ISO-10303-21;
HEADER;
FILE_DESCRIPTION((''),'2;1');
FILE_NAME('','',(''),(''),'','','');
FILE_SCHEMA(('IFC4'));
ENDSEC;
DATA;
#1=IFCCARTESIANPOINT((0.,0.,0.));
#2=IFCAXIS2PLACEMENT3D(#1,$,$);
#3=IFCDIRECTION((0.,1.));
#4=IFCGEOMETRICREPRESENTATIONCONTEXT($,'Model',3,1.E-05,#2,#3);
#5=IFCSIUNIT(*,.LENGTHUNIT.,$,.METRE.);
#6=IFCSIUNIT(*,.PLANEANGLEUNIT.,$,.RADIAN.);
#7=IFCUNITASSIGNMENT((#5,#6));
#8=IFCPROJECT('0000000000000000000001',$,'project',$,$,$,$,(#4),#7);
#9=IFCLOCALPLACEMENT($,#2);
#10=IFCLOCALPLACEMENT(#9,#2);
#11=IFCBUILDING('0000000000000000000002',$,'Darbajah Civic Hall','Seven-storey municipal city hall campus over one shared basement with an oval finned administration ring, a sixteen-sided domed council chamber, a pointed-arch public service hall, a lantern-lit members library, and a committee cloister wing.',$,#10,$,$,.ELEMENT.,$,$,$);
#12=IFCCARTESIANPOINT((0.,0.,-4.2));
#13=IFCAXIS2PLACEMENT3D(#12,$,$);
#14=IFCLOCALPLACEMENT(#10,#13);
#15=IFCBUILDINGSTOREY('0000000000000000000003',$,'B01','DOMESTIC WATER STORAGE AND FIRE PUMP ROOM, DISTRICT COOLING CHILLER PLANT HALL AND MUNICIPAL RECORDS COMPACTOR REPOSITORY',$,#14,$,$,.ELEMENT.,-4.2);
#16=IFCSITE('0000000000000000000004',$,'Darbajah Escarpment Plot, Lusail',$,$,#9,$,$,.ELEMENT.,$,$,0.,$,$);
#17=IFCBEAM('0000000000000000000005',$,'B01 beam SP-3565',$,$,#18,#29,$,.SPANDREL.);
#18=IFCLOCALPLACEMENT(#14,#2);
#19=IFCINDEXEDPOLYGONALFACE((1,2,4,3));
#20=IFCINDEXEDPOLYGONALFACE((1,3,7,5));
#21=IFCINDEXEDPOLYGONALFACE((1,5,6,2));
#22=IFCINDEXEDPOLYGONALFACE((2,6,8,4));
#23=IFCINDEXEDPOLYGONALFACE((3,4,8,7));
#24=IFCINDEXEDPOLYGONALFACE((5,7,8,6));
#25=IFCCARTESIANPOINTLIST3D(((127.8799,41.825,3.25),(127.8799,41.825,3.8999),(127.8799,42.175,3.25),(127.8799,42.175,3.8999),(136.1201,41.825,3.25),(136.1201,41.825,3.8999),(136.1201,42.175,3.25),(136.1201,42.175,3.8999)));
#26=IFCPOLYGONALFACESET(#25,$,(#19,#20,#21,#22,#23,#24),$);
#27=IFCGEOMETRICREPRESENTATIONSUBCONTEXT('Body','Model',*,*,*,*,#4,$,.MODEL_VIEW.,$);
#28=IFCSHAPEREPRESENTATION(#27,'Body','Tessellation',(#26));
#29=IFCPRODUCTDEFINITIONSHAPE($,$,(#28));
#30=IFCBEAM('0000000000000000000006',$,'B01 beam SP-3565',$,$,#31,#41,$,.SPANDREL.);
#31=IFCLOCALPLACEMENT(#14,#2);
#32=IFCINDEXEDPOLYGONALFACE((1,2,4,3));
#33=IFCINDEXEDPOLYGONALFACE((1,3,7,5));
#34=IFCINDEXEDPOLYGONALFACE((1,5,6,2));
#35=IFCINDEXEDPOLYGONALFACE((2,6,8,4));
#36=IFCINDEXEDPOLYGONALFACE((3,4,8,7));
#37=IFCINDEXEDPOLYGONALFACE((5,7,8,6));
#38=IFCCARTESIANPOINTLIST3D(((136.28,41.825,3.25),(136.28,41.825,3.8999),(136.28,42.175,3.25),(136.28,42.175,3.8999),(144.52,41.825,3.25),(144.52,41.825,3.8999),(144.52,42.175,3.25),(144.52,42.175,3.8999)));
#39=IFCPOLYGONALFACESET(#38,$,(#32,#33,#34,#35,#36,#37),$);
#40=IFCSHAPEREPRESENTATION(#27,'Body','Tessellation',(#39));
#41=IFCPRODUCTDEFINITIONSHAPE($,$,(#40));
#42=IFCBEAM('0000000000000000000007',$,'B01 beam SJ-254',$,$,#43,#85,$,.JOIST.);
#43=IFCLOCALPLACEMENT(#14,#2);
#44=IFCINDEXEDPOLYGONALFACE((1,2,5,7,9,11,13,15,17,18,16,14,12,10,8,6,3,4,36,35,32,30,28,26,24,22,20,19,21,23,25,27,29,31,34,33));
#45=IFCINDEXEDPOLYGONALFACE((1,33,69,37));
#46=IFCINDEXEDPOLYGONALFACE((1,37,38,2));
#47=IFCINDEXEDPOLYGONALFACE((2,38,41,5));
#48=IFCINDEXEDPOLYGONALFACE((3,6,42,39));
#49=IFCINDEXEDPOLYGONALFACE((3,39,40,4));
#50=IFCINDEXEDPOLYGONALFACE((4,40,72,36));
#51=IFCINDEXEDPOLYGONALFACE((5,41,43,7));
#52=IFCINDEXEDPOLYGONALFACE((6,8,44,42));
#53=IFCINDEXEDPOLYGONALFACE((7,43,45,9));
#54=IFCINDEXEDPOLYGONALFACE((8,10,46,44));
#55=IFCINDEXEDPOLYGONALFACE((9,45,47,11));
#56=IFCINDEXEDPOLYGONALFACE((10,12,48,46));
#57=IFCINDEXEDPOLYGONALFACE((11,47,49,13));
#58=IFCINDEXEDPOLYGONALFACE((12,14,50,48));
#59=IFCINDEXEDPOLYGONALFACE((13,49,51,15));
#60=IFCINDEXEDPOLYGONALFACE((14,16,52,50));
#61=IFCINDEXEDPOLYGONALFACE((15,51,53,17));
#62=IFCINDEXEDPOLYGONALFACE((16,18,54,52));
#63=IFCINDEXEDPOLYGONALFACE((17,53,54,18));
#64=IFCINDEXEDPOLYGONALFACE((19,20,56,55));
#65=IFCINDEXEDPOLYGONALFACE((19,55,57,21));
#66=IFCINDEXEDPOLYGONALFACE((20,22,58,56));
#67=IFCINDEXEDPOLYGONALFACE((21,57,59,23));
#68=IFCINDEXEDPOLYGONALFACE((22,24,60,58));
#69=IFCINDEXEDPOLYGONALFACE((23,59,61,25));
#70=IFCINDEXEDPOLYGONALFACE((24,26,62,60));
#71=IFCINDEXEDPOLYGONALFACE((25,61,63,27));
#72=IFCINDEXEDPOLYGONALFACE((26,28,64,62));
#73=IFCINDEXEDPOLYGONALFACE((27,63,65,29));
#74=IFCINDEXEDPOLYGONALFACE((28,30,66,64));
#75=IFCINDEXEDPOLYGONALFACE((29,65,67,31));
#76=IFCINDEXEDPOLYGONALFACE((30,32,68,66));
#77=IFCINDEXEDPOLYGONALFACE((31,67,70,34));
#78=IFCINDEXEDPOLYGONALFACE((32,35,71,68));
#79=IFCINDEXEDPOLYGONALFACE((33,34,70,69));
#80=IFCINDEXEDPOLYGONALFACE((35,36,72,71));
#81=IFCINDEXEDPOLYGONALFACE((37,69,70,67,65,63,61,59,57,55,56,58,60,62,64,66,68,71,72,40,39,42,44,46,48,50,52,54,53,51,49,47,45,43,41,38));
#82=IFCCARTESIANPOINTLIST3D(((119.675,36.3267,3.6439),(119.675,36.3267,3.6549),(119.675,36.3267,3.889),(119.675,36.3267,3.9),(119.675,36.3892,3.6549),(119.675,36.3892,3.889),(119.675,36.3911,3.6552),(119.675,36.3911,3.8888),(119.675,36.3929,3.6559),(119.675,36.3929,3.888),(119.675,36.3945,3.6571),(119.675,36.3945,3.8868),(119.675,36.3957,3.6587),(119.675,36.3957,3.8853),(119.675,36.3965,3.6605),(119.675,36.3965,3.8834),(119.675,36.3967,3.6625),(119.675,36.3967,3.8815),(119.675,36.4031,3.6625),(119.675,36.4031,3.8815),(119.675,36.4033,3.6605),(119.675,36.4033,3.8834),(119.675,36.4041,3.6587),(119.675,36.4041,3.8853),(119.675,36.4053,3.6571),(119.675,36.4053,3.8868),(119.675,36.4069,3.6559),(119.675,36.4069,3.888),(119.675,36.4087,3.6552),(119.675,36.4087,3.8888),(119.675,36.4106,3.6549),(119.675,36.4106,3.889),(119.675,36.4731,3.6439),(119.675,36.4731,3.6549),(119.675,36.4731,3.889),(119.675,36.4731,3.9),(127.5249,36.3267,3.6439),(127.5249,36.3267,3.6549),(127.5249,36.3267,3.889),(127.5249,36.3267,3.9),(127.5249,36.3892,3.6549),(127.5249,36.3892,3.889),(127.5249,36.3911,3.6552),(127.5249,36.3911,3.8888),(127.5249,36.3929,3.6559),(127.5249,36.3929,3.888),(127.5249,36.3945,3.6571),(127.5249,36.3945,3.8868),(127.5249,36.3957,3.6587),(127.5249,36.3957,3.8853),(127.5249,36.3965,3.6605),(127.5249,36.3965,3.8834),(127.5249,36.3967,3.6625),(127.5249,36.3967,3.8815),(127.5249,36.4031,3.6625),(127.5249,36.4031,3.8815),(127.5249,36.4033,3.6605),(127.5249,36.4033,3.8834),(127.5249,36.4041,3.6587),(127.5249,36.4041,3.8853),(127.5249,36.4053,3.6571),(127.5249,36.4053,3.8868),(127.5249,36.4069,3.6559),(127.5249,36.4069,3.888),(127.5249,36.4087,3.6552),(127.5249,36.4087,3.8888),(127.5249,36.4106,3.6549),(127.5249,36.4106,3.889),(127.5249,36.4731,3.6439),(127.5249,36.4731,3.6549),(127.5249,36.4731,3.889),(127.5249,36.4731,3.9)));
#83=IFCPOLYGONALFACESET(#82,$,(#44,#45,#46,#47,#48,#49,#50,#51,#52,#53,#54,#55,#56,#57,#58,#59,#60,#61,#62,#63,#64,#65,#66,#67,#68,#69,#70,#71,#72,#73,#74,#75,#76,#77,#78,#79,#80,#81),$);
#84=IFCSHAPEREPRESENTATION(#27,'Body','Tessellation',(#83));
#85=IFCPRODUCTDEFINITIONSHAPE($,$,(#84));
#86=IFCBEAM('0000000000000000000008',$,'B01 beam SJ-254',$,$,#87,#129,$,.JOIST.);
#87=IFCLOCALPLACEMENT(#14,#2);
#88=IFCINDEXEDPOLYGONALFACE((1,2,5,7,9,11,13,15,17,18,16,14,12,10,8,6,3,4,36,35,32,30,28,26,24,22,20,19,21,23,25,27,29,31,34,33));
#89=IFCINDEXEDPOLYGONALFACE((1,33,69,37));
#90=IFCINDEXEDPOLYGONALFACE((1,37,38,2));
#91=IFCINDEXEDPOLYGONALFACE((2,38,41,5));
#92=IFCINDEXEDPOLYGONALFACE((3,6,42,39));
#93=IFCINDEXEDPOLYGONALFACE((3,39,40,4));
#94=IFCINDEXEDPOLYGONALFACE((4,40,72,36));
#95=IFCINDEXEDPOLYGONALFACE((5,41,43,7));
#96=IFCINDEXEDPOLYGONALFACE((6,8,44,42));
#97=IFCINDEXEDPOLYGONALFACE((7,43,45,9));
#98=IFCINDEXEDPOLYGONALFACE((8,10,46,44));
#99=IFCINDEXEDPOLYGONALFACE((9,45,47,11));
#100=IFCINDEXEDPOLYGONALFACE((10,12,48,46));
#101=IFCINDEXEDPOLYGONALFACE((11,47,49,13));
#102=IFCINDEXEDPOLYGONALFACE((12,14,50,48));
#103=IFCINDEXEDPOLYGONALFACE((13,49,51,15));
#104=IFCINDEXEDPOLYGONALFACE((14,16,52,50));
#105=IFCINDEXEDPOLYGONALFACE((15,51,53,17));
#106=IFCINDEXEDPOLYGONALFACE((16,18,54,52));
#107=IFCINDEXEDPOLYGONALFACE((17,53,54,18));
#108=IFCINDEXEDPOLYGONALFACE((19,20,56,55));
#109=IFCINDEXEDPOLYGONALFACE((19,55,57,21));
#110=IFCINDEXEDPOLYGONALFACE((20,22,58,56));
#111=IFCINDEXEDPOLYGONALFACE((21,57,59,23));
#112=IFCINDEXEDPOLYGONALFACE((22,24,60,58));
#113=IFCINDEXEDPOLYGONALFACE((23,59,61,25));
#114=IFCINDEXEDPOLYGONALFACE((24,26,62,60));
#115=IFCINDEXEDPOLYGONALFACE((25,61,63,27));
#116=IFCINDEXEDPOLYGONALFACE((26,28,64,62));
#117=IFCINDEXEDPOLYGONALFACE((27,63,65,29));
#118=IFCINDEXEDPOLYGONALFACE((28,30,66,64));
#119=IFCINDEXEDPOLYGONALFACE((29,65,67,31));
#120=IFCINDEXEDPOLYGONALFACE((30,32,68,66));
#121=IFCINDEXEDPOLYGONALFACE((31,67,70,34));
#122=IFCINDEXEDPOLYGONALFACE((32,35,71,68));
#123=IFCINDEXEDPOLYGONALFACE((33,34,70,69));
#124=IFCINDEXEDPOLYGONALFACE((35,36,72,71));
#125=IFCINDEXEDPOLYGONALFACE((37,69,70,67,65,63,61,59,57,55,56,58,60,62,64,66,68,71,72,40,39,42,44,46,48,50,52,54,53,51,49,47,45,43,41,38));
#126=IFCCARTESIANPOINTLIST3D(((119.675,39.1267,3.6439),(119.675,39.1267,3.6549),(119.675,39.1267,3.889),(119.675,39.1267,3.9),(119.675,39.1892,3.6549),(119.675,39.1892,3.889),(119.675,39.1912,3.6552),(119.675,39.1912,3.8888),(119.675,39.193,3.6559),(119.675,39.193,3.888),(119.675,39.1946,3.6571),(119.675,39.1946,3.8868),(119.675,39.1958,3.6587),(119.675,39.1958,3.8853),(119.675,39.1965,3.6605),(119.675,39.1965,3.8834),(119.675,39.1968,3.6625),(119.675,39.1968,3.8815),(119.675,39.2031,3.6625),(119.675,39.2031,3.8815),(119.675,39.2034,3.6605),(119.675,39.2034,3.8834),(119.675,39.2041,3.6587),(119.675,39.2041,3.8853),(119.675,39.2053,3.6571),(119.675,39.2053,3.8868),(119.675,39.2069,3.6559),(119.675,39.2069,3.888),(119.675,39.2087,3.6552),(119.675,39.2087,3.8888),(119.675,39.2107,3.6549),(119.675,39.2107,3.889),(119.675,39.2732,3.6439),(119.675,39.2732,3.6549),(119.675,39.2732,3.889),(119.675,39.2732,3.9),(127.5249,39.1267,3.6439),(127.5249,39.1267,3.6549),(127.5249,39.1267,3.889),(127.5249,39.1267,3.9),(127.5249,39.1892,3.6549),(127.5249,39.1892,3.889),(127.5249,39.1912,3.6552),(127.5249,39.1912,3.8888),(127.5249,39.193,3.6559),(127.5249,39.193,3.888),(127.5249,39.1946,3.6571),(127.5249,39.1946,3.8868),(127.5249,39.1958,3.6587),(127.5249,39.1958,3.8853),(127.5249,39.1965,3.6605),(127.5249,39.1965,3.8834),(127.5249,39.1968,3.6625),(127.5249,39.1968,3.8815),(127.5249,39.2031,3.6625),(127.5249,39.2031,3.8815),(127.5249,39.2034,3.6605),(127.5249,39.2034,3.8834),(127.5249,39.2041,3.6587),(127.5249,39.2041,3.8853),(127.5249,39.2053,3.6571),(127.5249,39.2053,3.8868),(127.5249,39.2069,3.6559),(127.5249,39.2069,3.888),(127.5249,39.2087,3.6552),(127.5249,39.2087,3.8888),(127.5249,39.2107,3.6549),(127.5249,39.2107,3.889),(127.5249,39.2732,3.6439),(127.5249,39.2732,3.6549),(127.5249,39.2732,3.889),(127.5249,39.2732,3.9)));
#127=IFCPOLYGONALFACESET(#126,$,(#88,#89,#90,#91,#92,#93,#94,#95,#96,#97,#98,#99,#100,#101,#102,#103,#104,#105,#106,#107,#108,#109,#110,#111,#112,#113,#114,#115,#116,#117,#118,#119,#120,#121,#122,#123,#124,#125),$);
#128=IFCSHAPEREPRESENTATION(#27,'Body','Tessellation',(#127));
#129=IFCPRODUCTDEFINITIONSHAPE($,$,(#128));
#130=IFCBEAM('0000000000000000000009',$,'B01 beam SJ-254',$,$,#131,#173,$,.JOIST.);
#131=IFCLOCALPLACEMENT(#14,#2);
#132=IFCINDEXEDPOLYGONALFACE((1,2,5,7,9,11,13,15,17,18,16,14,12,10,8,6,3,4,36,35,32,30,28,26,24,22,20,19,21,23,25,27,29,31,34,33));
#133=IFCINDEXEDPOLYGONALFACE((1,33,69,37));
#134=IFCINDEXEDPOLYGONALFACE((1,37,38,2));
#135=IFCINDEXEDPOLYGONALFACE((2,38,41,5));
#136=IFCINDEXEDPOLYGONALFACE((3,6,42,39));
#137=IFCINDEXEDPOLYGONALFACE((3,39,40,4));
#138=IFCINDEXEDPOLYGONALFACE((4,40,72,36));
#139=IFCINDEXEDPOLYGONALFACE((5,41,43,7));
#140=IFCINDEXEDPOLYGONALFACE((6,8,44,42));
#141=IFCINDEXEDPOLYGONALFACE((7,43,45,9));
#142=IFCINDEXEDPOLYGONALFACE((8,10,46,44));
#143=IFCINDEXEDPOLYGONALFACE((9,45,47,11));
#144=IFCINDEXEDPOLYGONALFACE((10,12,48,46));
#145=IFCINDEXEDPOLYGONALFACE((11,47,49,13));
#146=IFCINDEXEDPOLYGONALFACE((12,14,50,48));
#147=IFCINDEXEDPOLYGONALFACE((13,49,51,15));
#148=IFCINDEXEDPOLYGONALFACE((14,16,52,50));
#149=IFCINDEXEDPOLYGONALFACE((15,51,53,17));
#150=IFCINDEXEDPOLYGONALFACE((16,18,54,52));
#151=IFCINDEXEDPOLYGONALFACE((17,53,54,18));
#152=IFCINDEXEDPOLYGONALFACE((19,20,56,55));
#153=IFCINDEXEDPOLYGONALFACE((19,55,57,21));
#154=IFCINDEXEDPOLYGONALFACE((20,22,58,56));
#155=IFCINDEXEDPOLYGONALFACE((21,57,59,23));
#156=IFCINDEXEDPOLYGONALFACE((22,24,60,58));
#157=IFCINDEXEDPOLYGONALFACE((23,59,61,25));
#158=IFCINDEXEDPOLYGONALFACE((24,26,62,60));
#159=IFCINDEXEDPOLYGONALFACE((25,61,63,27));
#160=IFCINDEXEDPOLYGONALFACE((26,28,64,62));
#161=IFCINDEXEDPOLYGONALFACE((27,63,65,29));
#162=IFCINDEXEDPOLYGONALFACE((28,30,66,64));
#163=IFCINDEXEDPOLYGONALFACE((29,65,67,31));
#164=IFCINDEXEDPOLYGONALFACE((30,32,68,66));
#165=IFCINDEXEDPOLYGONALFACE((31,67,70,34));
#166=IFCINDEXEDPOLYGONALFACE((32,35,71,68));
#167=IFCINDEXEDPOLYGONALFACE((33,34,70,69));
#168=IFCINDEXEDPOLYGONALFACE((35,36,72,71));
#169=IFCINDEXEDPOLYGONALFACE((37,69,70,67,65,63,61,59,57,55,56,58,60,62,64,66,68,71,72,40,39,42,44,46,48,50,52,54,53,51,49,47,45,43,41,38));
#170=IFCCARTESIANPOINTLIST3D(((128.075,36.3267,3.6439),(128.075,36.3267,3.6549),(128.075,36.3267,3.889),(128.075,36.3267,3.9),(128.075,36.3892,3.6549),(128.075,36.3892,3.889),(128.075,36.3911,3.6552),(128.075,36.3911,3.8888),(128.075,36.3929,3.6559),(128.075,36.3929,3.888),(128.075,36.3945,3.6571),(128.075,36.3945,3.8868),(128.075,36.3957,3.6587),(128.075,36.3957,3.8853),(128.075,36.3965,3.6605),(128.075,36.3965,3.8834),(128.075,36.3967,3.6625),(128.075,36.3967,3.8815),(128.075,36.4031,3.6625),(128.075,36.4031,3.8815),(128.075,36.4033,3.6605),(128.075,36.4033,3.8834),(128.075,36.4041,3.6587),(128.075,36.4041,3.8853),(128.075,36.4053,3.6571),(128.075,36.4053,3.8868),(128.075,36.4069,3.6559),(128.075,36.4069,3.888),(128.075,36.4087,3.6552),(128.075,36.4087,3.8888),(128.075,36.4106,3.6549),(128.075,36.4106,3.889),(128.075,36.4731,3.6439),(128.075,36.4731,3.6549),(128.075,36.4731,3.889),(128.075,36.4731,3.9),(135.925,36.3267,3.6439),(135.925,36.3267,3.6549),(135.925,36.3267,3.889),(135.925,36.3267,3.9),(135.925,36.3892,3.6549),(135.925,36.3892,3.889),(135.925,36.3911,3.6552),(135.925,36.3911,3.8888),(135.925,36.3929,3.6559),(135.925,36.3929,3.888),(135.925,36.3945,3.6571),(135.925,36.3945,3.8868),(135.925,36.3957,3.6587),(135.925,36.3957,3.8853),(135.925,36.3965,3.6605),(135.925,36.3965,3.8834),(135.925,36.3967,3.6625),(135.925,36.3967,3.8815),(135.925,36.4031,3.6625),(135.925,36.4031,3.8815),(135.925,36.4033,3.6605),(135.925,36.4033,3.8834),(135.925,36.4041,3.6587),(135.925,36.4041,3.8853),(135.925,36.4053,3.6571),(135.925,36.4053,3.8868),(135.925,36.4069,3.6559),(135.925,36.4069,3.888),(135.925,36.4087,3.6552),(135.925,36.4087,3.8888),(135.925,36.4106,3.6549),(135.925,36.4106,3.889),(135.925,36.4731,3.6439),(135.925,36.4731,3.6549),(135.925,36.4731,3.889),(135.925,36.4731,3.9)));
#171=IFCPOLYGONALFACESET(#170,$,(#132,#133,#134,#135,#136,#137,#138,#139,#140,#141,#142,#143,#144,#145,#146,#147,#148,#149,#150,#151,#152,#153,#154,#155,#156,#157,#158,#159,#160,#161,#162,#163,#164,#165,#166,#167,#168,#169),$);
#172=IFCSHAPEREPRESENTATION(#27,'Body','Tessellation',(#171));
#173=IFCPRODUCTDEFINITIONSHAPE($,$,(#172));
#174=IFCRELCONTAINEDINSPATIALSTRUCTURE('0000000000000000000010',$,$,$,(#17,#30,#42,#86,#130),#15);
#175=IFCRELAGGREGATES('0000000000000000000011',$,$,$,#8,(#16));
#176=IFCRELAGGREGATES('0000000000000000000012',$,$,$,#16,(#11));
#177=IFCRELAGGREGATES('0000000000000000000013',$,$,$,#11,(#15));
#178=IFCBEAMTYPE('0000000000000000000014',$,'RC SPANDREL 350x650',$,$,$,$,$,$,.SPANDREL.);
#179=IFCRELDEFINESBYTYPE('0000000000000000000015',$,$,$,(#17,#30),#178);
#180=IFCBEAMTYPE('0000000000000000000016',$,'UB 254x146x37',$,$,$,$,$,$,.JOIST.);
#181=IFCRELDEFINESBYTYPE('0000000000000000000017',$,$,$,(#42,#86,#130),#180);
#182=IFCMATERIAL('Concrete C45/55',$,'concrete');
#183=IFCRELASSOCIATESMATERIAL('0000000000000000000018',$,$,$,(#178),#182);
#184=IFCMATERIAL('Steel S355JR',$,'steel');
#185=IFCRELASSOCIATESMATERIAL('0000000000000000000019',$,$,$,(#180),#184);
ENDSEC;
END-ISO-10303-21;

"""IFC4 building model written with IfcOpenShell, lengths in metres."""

from ifc_helpers import new_model, si_unit, direction, frame, origin, origin_2d, place, context, subcontext, project, spatial, rectangle, i_section, extrude, material, material_profile, profile_set, type_object, element, save


model = new_model("IFC4")

# Units and contexts
model_context = context("Model", 3, precision=1e-05, world=origin(), true_north=direction((0.0, 1.0)))
body_context = subcontext(model_context, "Body", "Model", "MODEL_VIEW")
ifc_project = project(units=[si_unit("LENGTHUNIT", "METRE"), si_unit("PLANEANGLEUNIT", "RADIAN")], contexts=[model_context])

# Site, building, storey
site_placement = place(None, origin())
site = spatial("IfcSite", under=ifc_project, at=site_placement, Name="Darbajah Escarpment Plot, Lusail", CompositionType="ELEMENT", RefElevation=0.0)
building_placement = place(site_placement, origin())
building = spatial("IfcBuilding", under=site, at=building_placement, Name="Darbajah Civic Hall", Description="Seven-storey municipal city hall campus over one shared basement with an oval finned administration ring, a sixteen-sided domed council chamber, a pointed-arch public service hall, a lantern-lit members library, and a committee cloister wing.", CompositionType="ELEMENT")
storey_placement = place(building_placement, frame((0.0, 0.0, -4.2)))
storey = spatial("IfcBuildingStorey", under=building, at=storey_placement, Name="B01", Description="DOMESTIC WATER STORAGE AND FIRE PUMP ROOM, DISTRICT COOLING CHILLER PLANT HALL AND MUNICIPAL RECORDS COMPACTOR REPOSITORY", CompositionType="ELEMENT", Elevation=-4.2)

# Shared definitions
ifc_material_1 = material(Name="Concrete C45/55", Category="concrete")

# Beams
ifc_material_profile_1 = material_profile(ifc_material_1, rectangle(XDim=0.3501, YDim=0.6499, at=origin_2d()), Name="RC SPANDREL 350x650")
ifc_profile_set_1 = profile_set([ifc_material_profile_1], Name="Concrete C45/55")
beam_type_1 = type_object("IfcBeamType", Name="RC SPANDREL 350x650", PredefinedType="SPANDREL", material=ifc_profile_set_1)
beam_1_placement = place(storey_placement, frame((127.8799, 42.0, 3.575), z_axis=(1.0, 0.0, 0.0), x_axis=(0.0, 1.0, 0.0)))
element("IfcBeam", 1, at=beam_1_placement, inside=storey, type_object=beam_type_1, Name="B01 beam SP-3565", PredefinedType="SPANDREL", context=body_context, shape_type="SweptSolid", body=[
    extrude(rectangle(XDim=0.3501, YDim=0.6499, at=origin_2d()), origin(), (0.0, 0.0, 1.0), 8.2402),
])
beam_2_placement = place(storey_placement, frame((136.28, 42.0, 3.575), z_axis=(1.0, 0.0, 0.0), x_axis=(0.0, 1.0, 0.0)))
element("IfcBeam", 2, at=beam_2_placement, inside=storey, type_object=beam_type_1, Name="B01 beam SP-3565", PredefinedType="SPANDREL", context=body_context, shape_type="SweptSolid", body=[
    extrude(rectangle(XDim=0.3501, YDim=0.6499, at=origin_2d()), origin(), (0.0, 0.0, 1.0), 8.24),
])
ifc_material_2 = material(Name="Steel S355JR", Category="steel")
ifc_material_profile_2 = material_profile(ifc_material_2, i_section(OverallWidth=0.1465, OverallDepth=0.2561, WebThickness=0.0063, FlangeThickness=0.011, FilletRadius=0.0076, at=origin_2d()), Name="UB 254x146x37")
ifc_profile_set_2 = profile_set([ifc_material_profile_2], Name="Steel S355JR")
beam_type_2 = type_object("IfcBeamType", Name="UB 254x146x37", PredefinedType="JOIST", material=ifc_profile_set_2)
for number, where, z_axis, x_axis, name in (
    (3, (119.675, 36.3999, 3.772), (1.0, 0.0, 0.0), (0.0, 1.0, 0.0), "B01 beam SJ-254"),
    (4, (119.675, 39.2, 3.772), (1.0, 0.0, 0.0), (0.0, 1.0, 0.0), "B01 beam SJ-254"),
):
    element("IfcBeam", number, at=place(storey_placement, frame(where, z_axis=z_axis, x_axis=x_axis)), inside=storey, type_object=beam_type_2, Name=name, PredefinedType="JOIST", context=body_context, shape_type="SweptSolid", body=[
        extrude(i_section(OverallWidth=0.1465, OverallDepth=0.2561, WebThickness=0.0063, FlangeThickness=0.011, FilletRadius=0.0076, at=origin_2d()), origin(), (0.0, 0.0, 1.0), 7.8499),
    ])
for number, where, z_axis, x_axis, name in (
    (5, (128.075, 36.3999, 3.772), (1.0, 0.0, 0.0), (0.0, 1.0, 0.0), "B01 beam SJ-254"),
):
    element("IfcBeam", number, at=place(storey_placement, frame(where, z_axis=z_axis, x_axis=x_axis)), inside=storey, type_object=beam_type_2, Name=name, PredefinedType="JOIST", context=body_context, shape_type="SweptSolid", body=[
        extrude(i_section(OverallWidth=0.1465, OverallDepth=0.2561, WebThickness=0.0063, FlangeThickness=0.011, FilletRadius=0.0076, at=origin_2d()), origin(), (0.0, 0.0, 1.0), 7.8501),
    ])

save(model, "model.ifc")
